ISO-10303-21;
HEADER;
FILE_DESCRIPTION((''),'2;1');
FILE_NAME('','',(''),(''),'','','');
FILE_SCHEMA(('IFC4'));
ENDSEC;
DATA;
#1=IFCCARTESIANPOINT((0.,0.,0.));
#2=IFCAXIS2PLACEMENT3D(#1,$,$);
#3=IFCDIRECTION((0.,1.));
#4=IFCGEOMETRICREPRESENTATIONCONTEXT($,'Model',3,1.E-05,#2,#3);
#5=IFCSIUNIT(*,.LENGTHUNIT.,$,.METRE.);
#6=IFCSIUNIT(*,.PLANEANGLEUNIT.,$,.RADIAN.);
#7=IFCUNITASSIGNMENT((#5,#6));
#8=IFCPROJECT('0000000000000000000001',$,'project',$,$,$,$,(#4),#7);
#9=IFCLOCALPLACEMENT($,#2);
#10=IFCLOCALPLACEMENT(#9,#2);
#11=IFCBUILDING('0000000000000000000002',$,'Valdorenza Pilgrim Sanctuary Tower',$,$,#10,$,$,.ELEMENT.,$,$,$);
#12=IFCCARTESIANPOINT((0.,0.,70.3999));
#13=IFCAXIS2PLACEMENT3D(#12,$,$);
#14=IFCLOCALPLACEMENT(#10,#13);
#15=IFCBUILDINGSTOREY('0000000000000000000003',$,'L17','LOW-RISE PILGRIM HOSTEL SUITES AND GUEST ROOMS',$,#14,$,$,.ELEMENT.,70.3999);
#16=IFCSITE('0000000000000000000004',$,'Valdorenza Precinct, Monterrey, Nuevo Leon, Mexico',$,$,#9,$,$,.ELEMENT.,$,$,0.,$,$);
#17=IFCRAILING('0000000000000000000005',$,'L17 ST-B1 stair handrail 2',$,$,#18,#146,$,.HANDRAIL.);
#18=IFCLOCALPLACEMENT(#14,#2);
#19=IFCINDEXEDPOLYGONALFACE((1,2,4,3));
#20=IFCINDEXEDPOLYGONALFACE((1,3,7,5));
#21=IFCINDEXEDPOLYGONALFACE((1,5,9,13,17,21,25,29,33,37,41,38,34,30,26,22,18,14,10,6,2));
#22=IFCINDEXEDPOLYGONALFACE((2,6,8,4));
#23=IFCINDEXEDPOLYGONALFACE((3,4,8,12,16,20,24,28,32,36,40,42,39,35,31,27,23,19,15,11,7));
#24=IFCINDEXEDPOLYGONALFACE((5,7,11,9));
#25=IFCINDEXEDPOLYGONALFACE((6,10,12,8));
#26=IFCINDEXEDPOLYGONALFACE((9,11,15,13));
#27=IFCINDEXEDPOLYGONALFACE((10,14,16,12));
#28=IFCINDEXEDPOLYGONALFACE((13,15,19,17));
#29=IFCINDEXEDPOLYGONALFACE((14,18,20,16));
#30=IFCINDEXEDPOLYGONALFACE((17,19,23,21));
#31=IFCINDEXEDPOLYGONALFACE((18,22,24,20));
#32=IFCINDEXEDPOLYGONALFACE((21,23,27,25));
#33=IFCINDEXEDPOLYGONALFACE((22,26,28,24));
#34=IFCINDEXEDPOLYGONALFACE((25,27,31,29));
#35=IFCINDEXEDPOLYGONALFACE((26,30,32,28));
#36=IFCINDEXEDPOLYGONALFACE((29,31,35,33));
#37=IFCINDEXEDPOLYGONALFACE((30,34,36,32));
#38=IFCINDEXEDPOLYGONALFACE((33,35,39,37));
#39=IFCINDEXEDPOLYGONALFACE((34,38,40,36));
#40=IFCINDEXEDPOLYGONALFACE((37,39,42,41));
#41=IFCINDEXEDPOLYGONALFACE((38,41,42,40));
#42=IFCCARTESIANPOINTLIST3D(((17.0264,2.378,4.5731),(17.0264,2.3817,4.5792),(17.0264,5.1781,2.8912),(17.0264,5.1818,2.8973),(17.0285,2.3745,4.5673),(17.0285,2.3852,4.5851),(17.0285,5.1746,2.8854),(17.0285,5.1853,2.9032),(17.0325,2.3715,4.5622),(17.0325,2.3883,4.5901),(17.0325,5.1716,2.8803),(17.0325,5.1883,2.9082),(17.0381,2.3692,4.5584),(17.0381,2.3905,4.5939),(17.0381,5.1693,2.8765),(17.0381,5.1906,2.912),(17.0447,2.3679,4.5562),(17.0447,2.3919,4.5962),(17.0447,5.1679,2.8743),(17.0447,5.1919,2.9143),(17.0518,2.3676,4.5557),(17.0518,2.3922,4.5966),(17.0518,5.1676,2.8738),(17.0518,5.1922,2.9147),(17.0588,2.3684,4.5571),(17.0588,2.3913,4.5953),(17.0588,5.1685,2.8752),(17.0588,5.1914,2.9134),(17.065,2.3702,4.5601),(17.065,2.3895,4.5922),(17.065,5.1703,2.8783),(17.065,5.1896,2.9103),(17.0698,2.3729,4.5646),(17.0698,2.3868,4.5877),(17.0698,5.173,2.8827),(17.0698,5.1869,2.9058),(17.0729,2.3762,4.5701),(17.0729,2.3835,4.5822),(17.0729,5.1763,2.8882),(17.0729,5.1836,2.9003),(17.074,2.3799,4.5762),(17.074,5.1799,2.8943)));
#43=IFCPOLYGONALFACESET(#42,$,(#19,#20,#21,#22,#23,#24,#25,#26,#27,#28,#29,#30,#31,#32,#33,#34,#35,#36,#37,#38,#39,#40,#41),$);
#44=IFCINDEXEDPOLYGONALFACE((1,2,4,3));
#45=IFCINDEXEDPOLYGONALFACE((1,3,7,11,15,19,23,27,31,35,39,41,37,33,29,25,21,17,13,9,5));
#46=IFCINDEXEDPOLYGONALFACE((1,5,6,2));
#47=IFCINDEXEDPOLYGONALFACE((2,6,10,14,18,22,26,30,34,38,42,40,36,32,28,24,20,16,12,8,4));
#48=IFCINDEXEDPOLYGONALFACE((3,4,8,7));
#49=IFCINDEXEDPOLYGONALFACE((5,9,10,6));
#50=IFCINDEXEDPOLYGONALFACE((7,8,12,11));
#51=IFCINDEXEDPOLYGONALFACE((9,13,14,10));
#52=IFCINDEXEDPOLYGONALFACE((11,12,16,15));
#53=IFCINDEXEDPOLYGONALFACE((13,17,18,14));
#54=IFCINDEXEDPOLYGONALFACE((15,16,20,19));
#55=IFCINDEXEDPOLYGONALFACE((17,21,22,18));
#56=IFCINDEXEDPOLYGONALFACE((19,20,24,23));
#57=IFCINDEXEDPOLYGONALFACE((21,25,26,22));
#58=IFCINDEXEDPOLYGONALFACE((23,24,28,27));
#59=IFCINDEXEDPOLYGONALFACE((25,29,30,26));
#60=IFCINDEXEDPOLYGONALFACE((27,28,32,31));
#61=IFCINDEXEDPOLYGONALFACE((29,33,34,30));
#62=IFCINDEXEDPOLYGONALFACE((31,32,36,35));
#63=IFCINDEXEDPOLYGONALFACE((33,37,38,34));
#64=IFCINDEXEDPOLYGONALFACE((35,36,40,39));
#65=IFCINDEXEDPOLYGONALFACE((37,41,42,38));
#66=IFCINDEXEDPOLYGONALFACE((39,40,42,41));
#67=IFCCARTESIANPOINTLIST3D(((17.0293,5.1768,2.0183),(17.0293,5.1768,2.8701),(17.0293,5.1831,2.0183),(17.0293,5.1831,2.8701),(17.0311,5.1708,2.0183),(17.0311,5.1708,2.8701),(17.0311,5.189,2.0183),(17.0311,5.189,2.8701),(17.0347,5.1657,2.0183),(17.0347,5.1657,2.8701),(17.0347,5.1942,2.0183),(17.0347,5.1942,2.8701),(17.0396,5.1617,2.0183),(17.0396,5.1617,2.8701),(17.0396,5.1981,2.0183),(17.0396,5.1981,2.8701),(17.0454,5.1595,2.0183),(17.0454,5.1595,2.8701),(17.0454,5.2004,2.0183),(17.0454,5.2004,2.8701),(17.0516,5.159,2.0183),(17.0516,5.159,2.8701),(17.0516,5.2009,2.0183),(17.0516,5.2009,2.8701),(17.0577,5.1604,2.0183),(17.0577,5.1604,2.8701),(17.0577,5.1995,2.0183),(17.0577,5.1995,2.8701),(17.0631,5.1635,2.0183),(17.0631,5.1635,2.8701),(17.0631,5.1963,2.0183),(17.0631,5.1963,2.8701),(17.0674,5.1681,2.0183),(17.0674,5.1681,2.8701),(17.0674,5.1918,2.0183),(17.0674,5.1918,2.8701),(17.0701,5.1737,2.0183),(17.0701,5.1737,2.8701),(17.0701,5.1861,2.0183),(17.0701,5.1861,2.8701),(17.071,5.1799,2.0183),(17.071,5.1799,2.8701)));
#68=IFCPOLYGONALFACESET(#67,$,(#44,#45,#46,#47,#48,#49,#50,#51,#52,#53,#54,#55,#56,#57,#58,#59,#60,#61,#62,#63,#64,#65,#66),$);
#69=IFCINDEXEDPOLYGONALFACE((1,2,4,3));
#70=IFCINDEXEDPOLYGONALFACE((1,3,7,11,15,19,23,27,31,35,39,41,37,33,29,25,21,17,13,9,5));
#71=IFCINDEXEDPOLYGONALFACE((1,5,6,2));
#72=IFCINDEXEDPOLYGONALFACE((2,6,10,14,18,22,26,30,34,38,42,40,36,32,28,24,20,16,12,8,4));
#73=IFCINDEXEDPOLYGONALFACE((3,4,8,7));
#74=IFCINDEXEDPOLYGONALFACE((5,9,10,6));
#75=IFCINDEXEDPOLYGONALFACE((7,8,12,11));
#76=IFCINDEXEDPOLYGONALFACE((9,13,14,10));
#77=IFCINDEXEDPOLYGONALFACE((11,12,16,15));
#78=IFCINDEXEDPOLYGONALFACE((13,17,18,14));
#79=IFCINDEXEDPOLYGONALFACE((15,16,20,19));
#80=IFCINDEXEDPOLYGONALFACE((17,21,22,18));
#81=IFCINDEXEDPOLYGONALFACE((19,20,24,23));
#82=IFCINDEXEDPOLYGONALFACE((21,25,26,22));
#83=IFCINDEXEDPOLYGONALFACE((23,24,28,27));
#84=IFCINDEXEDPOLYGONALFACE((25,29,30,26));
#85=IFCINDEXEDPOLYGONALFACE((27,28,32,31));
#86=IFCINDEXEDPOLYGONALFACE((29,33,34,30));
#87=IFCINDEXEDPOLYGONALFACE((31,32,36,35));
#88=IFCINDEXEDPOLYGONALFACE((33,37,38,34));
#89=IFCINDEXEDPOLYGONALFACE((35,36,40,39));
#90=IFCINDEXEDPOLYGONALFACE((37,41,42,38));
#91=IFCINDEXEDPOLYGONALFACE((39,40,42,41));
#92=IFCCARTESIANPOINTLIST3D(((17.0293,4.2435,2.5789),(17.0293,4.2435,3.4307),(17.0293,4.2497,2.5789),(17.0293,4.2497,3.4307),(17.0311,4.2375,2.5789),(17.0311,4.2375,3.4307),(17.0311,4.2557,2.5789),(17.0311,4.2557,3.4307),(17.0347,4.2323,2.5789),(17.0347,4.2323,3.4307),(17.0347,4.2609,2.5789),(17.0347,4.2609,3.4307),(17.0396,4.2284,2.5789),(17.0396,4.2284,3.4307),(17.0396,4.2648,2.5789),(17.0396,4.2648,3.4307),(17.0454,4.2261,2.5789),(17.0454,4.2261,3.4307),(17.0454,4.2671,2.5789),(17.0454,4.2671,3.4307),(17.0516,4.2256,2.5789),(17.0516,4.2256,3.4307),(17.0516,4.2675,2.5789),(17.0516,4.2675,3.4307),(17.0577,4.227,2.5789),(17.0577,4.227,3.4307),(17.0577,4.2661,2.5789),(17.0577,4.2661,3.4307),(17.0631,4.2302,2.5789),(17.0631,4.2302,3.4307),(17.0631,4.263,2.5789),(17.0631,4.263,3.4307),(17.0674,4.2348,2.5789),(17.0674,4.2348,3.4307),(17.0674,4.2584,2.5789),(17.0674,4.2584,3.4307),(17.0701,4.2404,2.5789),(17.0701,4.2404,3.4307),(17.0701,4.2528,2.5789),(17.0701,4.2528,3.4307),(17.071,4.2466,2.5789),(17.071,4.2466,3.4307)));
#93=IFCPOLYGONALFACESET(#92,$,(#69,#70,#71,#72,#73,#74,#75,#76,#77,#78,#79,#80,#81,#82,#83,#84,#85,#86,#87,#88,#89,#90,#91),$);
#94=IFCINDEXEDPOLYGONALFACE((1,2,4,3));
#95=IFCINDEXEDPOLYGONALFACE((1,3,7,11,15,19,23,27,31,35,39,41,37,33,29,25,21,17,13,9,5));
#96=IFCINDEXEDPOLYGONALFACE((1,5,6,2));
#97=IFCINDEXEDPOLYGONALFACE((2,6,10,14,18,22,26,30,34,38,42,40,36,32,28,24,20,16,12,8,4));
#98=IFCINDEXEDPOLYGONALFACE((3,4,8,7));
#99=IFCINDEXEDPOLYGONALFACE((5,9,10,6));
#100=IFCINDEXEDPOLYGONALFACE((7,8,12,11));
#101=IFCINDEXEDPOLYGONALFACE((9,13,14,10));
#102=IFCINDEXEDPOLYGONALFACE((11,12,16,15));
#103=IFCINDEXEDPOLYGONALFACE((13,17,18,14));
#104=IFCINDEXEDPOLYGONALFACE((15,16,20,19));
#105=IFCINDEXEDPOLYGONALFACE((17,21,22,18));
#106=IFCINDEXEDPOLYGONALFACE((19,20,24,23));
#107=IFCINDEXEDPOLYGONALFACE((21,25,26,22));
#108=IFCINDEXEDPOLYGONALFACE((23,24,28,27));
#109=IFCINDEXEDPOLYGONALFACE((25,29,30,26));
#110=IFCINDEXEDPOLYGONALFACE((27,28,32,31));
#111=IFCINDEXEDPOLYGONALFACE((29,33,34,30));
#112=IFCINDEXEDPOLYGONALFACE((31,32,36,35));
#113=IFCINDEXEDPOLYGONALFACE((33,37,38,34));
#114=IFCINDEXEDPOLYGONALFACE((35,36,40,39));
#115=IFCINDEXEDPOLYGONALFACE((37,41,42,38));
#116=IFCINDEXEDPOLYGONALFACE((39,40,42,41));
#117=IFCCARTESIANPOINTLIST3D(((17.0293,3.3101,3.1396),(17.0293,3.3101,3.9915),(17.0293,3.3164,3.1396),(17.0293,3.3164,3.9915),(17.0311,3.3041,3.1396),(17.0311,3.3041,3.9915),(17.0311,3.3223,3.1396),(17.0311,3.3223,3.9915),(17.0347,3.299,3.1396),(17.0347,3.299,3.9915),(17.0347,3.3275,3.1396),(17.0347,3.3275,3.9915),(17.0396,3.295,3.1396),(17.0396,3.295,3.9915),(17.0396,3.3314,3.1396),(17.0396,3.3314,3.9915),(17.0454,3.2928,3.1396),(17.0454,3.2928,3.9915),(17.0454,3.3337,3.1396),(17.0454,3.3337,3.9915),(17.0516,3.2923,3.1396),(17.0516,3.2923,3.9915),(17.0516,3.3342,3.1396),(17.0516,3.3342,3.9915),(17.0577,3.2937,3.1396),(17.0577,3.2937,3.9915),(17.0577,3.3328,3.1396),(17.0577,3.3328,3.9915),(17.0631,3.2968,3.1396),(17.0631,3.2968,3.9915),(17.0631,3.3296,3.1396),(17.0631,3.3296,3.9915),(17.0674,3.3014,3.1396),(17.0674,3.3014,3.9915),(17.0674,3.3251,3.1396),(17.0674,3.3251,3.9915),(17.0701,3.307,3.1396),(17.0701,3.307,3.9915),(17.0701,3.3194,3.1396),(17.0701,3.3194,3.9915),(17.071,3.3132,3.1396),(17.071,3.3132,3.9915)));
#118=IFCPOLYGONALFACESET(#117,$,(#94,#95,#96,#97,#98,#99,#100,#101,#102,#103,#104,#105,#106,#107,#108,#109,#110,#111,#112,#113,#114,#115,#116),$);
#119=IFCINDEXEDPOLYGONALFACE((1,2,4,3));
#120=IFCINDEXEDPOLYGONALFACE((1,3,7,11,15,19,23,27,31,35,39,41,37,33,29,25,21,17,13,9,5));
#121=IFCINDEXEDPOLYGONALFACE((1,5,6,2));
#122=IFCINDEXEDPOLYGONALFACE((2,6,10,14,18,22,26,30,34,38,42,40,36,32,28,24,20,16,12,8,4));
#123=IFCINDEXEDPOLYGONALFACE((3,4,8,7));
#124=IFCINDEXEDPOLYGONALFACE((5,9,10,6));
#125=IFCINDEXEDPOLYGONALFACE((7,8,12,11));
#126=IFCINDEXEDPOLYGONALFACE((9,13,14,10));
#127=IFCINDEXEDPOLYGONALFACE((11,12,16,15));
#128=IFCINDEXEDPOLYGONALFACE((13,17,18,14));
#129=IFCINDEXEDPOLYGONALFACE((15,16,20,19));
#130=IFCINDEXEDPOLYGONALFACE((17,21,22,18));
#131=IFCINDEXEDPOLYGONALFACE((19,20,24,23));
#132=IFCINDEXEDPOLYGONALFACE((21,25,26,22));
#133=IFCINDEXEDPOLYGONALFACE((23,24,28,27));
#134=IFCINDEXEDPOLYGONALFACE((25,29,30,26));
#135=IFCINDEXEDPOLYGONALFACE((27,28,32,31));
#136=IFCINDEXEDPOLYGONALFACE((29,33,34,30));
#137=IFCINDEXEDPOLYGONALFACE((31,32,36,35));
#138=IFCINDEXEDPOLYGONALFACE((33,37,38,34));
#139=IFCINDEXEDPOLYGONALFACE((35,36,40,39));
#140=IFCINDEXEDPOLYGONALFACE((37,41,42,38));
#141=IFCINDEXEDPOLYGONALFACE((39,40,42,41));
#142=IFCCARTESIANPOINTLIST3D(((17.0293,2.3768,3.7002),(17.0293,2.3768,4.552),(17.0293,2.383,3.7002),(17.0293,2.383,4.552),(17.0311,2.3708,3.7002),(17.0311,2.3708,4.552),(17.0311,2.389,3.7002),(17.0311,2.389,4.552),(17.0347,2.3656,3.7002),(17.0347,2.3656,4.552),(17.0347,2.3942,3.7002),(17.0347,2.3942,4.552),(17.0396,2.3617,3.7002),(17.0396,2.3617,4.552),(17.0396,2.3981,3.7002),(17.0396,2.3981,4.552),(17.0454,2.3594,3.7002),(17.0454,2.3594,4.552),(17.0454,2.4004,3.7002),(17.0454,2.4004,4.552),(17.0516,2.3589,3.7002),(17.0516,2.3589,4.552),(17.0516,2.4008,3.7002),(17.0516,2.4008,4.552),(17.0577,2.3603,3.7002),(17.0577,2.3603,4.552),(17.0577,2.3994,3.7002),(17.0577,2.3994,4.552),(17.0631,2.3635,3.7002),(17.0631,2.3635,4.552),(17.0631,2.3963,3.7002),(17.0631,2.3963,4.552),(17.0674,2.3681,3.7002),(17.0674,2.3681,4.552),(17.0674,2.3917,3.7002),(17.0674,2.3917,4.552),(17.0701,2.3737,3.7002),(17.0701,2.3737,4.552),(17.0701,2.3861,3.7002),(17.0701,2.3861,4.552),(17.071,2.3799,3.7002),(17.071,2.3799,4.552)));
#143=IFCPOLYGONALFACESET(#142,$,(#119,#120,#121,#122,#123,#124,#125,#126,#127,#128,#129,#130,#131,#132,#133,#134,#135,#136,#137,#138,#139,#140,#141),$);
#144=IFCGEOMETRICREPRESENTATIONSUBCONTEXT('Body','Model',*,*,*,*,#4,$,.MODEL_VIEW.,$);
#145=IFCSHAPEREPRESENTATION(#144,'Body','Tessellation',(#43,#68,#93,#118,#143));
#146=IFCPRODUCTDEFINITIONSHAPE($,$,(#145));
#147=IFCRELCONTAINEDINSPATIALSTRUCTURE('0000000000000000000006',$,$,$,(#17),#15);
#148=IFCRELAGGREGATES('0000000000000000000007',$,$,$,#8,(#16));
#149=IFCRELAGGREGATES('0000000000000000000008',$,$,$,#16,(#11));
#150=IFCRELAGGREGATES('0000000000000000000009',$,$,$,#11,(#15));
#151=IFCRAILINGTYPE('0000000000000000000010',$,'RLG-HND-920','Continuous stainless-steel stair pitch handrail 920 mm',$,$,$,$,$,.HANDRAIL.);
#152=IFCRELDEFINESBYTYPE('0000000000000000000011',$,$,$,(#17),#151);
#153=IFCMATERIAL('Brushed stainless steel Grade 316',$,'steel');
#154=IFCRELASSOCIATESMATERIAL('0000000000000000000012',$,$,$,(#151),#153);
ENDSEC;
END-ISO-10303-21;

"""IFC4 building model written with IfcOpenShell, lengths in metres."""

from ifc_helpers import new_model, si_unit, direction, frame, origin, origin_2d, place, context, subcontext, project, spatial, circle, extrude, material, type_object, element, save


model = new_model("IFC4")

# Units and contexts
model_context = context("Model", 3, precision=1e-05, world=origin(), true_north=direction((0.0, 1.0)))
body_context = subcontext(model_context, "Body", "Model", "MODEL_VIEW")
ifc_project = project(units=[si_unit("LENGTHUNIT", "METRE"), si_unit("PLANEANGLEUNIT", "RADIAN")], contexts=[model_context])

# Site, building, storey
site_placement = place(None, origin())
site = spatial("IfcSite", under=ifc_project, at=site_placement, Name="Valdorenza Precinct, Monterrey, Nuevo Leon, Mexico", CompositionType="ELEMENT", RefElevation=0.0)
building_placement = place(site_placement, origin())
building = spatial("IfcBuilding", under=site, at=building_placement, Name="Valdorenza Pilgrim Sanctuary Tower", CompositionType="ELEMENT")
storey_placement = place(building_placement, frame((0.0, 0.0, 70.3999)))
storey = spatial("IfcBuildingStorey", under=building, at=storey_placement, Name="L17", Description="LOW-RISE PILGRIM HOSTEL SUITES AND GUEST ROOMS", CompositionType="ELEMENT", Elevation=70.3999)

# Railing
ifc_material_1 = material(Name="Brushed stainless steel Grade 316", Category="steel")
railing_type = type_object("IfcRailingType", Name="RLG-HND-920", Description="Continuous stainless-steel stair pitch handrail 920 mm", PredefinedType="HANDRAIL", material=ifc_material_1)
railing_placement = place(storey_placement, frame((17.05, 5.1799, 2.0183)))
element("IfcRailing", 1, at=railing_placement, inside=storey, type_object=railing_type, Name="L17 ST-B1 stair handrail 2", PredefinedType="HANDRAIL", context=body_context, shape_type="SweptSolid", body=[
    extrude(circle(Radius=0.0239, at=origin_2d()), frame((0.0, 0.0, 0.876), z_axis=(0.0, -0.857242, 0.514913), x_axis=(1.0, 0.0, 0.0)), (0.0, 0.0, 1.0), 3.2664),
    extrude(circle(Radius=0.021, at=origin_2d()), origin(), (0.0, 0.0, 1.0), 0.8518),
    extrude(circle(Radius=0.021, at=origin_2d()), frame((0.0, -0.9333, 0.5605)), (0.0, 0.0, 1.0), 0.8518),
    extrude(circle(Radius=0.021, at=origin_2d()), frame((0.0, -1.8667, 1.1213)), (0.0, 0.0, 1.0), 0.8518),
    extrude(circle(Radius=0.021, at=origin_2d()), frame((0.0, -2.8, 1.6819)), (0.0, 0.0, 1.0), 0.8518),
])

save(model, "model.ifc")
